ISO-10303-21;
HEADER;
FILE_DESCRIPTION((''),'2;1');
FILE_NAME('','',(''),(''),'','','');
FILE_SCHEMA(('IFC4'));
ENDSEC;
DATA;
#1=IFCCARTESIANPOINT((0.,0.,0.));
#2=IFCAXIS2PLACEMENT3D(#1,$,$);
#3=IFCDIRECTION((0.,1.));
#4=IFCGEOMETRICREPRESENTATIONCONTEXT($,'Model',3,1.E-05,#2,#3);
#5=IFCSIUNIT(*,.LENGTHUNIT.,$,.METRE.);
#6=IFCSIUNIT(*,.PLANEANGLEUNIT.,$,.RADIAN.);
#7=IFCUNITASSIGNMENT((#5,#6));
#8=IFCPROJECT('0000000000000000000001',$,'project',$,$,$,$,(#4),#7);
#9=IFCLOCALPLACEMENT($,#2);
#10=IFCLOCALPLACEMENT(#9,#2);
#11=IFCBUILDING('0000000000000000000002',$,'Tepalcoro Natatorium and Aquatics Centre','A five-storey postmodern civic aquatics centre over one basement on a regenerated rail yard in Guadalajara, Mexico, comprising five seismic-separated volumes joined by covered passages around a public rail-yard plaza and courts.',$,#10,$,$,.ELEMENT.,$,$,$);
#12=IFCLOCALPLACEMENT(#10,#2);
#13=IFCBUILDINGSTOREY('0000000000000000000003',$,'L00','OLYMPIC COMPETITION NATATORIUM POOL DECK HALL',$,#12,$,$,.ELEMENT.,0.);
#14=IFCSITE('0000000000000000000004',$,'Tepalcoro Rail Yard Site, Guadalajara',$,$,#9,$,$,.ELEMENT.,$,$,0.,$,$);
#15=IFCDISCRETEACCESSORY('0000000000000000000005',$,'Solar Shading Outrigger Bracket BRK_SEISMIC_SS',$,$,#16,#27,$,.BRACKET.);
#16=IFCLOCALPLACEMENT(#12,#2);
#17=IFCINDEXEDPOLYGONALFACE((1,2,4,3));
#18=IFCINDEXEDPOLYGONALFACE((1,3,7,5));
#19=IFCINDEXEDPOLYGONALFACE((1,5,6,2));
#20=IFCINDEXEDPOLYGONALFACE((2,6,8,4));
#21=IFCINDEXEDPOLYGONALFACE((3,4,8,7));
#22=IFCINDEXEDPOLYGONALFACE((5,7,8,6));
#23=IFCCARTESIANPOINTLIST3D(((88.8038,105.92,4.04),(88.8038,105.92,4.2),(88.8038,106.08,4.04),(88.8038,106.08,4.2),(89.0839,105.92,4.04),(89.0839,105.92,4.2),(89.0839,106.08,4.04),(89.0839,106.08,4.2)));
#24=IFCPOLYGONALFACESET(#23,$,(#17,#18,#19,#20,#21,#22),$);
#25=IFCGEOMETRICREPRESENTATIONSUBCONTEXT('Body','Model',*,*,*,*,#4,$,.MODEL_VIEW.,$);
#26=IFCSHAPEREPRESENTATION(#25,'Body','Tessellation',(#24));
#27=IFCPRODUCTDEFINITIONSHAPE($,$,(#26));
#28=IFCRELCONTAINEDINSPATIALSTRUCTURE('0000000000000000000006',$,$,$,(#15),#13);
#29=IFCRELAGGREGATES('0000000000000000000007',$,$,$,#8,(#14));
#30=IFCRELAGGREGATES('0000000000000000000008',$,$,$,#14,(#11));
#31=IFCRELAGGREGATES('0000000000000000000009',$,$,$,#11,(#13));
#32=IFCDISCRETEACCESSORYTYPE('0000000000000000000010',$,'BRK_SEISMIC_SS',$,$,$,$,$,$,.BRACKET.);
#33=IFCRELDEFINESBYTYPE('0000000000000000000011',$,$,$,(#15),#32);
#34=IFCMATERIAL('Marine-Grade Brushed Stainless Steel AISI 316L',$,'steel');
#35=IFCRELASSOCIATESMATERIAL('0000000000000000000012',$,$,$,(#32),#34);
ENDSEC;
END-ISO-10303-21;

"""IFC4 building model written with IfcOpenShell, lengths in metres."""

from ifc_helpers import new_model, si_unit, direction, frame, origin, origin_2d, place, context, subcontext, project, spatial, rectangle, extrude, material, type_object, element, save


model = new_model("IFC4")

# Units and contexts
model_context = context("Model", 3, precision=1e-05, world=origin(), true_north=direction((0.0, 1.0)))
body_context = subcontext(model_context, "Body", "Model", "MODEL_VIEW")
ifc_project = project(units=[si_unit("LENGTHUNIT", "METRE"), si_unit("PLANEANGLEUNIT", "RADIAN")], contexts=[model_context])

# Site, building, storey
site_placement = place(None, origin())
site = spatial("IfcSite", under=ifc_project, at=site_placement, Name="Tepalcoro Rail Yard Site, Guadalajara", CompositionType="ELEMENT", RefElevation=0.0)
building_placement = place(site_placement, origin())
building = spatial("IfcBuilding", under=site, at=building_placement, Name="Tepalcoro Natatorium and Aquatics Centre", Description="A five-storey postmodern civic aquatics centre over one basement on a regenerated rail yard in Guadalajara, Mexico, comprising five seismic-separated volumes joined by covered passages around a public rail-yard plaza and courts.", CompositionType="ELEMENT")
storey_placement = place(building_placement, origin())
storey = spatial("IfcBuildingStorey", under=building, at=storey_placement, Name="L00", Description="OLYMPIC COMPETITION NATATORIUM POOL DECK HALL", CompositionType="ELEMENT", Elevation=0.0)

# Discrete accessory
ifc_material_1 = material(Name="Marine-Grade Brushed Stainless Steel AISI 316L", Category="steel")
discrete_accessory_type_1 = type_object("IfcDiscreteAccessoryType", Name="BRK_SEISMIC_SS", PredefinedType="BRACKET", material=ifc_material_1)
discrete_accessory_1_placement = place(storey_placement, frame((88.9438, 106.0, 4.04), z_axis=(0.0, 0.0, 1.0), x_axis=(1.0, 0.0, 0.0)))
element("IfcDiscreteAccessory", 1, at=discrete_accessory_1_placement, inside=storey, type_object=discrete_accessory_type_1, Name="Solar Shading Outrigger Bracket BRK_SEISMIC_SS", PredefinedType="BRACKET", context=body_context, shape_type="SweptSolid", body=[
    extrude(rectangle(XDim=0.28, YDim=0.1599, at=origin_2d()), origin(), (0.0, 0.0, 1.0), 0.1599),
])

save(model, "model.ifc")
